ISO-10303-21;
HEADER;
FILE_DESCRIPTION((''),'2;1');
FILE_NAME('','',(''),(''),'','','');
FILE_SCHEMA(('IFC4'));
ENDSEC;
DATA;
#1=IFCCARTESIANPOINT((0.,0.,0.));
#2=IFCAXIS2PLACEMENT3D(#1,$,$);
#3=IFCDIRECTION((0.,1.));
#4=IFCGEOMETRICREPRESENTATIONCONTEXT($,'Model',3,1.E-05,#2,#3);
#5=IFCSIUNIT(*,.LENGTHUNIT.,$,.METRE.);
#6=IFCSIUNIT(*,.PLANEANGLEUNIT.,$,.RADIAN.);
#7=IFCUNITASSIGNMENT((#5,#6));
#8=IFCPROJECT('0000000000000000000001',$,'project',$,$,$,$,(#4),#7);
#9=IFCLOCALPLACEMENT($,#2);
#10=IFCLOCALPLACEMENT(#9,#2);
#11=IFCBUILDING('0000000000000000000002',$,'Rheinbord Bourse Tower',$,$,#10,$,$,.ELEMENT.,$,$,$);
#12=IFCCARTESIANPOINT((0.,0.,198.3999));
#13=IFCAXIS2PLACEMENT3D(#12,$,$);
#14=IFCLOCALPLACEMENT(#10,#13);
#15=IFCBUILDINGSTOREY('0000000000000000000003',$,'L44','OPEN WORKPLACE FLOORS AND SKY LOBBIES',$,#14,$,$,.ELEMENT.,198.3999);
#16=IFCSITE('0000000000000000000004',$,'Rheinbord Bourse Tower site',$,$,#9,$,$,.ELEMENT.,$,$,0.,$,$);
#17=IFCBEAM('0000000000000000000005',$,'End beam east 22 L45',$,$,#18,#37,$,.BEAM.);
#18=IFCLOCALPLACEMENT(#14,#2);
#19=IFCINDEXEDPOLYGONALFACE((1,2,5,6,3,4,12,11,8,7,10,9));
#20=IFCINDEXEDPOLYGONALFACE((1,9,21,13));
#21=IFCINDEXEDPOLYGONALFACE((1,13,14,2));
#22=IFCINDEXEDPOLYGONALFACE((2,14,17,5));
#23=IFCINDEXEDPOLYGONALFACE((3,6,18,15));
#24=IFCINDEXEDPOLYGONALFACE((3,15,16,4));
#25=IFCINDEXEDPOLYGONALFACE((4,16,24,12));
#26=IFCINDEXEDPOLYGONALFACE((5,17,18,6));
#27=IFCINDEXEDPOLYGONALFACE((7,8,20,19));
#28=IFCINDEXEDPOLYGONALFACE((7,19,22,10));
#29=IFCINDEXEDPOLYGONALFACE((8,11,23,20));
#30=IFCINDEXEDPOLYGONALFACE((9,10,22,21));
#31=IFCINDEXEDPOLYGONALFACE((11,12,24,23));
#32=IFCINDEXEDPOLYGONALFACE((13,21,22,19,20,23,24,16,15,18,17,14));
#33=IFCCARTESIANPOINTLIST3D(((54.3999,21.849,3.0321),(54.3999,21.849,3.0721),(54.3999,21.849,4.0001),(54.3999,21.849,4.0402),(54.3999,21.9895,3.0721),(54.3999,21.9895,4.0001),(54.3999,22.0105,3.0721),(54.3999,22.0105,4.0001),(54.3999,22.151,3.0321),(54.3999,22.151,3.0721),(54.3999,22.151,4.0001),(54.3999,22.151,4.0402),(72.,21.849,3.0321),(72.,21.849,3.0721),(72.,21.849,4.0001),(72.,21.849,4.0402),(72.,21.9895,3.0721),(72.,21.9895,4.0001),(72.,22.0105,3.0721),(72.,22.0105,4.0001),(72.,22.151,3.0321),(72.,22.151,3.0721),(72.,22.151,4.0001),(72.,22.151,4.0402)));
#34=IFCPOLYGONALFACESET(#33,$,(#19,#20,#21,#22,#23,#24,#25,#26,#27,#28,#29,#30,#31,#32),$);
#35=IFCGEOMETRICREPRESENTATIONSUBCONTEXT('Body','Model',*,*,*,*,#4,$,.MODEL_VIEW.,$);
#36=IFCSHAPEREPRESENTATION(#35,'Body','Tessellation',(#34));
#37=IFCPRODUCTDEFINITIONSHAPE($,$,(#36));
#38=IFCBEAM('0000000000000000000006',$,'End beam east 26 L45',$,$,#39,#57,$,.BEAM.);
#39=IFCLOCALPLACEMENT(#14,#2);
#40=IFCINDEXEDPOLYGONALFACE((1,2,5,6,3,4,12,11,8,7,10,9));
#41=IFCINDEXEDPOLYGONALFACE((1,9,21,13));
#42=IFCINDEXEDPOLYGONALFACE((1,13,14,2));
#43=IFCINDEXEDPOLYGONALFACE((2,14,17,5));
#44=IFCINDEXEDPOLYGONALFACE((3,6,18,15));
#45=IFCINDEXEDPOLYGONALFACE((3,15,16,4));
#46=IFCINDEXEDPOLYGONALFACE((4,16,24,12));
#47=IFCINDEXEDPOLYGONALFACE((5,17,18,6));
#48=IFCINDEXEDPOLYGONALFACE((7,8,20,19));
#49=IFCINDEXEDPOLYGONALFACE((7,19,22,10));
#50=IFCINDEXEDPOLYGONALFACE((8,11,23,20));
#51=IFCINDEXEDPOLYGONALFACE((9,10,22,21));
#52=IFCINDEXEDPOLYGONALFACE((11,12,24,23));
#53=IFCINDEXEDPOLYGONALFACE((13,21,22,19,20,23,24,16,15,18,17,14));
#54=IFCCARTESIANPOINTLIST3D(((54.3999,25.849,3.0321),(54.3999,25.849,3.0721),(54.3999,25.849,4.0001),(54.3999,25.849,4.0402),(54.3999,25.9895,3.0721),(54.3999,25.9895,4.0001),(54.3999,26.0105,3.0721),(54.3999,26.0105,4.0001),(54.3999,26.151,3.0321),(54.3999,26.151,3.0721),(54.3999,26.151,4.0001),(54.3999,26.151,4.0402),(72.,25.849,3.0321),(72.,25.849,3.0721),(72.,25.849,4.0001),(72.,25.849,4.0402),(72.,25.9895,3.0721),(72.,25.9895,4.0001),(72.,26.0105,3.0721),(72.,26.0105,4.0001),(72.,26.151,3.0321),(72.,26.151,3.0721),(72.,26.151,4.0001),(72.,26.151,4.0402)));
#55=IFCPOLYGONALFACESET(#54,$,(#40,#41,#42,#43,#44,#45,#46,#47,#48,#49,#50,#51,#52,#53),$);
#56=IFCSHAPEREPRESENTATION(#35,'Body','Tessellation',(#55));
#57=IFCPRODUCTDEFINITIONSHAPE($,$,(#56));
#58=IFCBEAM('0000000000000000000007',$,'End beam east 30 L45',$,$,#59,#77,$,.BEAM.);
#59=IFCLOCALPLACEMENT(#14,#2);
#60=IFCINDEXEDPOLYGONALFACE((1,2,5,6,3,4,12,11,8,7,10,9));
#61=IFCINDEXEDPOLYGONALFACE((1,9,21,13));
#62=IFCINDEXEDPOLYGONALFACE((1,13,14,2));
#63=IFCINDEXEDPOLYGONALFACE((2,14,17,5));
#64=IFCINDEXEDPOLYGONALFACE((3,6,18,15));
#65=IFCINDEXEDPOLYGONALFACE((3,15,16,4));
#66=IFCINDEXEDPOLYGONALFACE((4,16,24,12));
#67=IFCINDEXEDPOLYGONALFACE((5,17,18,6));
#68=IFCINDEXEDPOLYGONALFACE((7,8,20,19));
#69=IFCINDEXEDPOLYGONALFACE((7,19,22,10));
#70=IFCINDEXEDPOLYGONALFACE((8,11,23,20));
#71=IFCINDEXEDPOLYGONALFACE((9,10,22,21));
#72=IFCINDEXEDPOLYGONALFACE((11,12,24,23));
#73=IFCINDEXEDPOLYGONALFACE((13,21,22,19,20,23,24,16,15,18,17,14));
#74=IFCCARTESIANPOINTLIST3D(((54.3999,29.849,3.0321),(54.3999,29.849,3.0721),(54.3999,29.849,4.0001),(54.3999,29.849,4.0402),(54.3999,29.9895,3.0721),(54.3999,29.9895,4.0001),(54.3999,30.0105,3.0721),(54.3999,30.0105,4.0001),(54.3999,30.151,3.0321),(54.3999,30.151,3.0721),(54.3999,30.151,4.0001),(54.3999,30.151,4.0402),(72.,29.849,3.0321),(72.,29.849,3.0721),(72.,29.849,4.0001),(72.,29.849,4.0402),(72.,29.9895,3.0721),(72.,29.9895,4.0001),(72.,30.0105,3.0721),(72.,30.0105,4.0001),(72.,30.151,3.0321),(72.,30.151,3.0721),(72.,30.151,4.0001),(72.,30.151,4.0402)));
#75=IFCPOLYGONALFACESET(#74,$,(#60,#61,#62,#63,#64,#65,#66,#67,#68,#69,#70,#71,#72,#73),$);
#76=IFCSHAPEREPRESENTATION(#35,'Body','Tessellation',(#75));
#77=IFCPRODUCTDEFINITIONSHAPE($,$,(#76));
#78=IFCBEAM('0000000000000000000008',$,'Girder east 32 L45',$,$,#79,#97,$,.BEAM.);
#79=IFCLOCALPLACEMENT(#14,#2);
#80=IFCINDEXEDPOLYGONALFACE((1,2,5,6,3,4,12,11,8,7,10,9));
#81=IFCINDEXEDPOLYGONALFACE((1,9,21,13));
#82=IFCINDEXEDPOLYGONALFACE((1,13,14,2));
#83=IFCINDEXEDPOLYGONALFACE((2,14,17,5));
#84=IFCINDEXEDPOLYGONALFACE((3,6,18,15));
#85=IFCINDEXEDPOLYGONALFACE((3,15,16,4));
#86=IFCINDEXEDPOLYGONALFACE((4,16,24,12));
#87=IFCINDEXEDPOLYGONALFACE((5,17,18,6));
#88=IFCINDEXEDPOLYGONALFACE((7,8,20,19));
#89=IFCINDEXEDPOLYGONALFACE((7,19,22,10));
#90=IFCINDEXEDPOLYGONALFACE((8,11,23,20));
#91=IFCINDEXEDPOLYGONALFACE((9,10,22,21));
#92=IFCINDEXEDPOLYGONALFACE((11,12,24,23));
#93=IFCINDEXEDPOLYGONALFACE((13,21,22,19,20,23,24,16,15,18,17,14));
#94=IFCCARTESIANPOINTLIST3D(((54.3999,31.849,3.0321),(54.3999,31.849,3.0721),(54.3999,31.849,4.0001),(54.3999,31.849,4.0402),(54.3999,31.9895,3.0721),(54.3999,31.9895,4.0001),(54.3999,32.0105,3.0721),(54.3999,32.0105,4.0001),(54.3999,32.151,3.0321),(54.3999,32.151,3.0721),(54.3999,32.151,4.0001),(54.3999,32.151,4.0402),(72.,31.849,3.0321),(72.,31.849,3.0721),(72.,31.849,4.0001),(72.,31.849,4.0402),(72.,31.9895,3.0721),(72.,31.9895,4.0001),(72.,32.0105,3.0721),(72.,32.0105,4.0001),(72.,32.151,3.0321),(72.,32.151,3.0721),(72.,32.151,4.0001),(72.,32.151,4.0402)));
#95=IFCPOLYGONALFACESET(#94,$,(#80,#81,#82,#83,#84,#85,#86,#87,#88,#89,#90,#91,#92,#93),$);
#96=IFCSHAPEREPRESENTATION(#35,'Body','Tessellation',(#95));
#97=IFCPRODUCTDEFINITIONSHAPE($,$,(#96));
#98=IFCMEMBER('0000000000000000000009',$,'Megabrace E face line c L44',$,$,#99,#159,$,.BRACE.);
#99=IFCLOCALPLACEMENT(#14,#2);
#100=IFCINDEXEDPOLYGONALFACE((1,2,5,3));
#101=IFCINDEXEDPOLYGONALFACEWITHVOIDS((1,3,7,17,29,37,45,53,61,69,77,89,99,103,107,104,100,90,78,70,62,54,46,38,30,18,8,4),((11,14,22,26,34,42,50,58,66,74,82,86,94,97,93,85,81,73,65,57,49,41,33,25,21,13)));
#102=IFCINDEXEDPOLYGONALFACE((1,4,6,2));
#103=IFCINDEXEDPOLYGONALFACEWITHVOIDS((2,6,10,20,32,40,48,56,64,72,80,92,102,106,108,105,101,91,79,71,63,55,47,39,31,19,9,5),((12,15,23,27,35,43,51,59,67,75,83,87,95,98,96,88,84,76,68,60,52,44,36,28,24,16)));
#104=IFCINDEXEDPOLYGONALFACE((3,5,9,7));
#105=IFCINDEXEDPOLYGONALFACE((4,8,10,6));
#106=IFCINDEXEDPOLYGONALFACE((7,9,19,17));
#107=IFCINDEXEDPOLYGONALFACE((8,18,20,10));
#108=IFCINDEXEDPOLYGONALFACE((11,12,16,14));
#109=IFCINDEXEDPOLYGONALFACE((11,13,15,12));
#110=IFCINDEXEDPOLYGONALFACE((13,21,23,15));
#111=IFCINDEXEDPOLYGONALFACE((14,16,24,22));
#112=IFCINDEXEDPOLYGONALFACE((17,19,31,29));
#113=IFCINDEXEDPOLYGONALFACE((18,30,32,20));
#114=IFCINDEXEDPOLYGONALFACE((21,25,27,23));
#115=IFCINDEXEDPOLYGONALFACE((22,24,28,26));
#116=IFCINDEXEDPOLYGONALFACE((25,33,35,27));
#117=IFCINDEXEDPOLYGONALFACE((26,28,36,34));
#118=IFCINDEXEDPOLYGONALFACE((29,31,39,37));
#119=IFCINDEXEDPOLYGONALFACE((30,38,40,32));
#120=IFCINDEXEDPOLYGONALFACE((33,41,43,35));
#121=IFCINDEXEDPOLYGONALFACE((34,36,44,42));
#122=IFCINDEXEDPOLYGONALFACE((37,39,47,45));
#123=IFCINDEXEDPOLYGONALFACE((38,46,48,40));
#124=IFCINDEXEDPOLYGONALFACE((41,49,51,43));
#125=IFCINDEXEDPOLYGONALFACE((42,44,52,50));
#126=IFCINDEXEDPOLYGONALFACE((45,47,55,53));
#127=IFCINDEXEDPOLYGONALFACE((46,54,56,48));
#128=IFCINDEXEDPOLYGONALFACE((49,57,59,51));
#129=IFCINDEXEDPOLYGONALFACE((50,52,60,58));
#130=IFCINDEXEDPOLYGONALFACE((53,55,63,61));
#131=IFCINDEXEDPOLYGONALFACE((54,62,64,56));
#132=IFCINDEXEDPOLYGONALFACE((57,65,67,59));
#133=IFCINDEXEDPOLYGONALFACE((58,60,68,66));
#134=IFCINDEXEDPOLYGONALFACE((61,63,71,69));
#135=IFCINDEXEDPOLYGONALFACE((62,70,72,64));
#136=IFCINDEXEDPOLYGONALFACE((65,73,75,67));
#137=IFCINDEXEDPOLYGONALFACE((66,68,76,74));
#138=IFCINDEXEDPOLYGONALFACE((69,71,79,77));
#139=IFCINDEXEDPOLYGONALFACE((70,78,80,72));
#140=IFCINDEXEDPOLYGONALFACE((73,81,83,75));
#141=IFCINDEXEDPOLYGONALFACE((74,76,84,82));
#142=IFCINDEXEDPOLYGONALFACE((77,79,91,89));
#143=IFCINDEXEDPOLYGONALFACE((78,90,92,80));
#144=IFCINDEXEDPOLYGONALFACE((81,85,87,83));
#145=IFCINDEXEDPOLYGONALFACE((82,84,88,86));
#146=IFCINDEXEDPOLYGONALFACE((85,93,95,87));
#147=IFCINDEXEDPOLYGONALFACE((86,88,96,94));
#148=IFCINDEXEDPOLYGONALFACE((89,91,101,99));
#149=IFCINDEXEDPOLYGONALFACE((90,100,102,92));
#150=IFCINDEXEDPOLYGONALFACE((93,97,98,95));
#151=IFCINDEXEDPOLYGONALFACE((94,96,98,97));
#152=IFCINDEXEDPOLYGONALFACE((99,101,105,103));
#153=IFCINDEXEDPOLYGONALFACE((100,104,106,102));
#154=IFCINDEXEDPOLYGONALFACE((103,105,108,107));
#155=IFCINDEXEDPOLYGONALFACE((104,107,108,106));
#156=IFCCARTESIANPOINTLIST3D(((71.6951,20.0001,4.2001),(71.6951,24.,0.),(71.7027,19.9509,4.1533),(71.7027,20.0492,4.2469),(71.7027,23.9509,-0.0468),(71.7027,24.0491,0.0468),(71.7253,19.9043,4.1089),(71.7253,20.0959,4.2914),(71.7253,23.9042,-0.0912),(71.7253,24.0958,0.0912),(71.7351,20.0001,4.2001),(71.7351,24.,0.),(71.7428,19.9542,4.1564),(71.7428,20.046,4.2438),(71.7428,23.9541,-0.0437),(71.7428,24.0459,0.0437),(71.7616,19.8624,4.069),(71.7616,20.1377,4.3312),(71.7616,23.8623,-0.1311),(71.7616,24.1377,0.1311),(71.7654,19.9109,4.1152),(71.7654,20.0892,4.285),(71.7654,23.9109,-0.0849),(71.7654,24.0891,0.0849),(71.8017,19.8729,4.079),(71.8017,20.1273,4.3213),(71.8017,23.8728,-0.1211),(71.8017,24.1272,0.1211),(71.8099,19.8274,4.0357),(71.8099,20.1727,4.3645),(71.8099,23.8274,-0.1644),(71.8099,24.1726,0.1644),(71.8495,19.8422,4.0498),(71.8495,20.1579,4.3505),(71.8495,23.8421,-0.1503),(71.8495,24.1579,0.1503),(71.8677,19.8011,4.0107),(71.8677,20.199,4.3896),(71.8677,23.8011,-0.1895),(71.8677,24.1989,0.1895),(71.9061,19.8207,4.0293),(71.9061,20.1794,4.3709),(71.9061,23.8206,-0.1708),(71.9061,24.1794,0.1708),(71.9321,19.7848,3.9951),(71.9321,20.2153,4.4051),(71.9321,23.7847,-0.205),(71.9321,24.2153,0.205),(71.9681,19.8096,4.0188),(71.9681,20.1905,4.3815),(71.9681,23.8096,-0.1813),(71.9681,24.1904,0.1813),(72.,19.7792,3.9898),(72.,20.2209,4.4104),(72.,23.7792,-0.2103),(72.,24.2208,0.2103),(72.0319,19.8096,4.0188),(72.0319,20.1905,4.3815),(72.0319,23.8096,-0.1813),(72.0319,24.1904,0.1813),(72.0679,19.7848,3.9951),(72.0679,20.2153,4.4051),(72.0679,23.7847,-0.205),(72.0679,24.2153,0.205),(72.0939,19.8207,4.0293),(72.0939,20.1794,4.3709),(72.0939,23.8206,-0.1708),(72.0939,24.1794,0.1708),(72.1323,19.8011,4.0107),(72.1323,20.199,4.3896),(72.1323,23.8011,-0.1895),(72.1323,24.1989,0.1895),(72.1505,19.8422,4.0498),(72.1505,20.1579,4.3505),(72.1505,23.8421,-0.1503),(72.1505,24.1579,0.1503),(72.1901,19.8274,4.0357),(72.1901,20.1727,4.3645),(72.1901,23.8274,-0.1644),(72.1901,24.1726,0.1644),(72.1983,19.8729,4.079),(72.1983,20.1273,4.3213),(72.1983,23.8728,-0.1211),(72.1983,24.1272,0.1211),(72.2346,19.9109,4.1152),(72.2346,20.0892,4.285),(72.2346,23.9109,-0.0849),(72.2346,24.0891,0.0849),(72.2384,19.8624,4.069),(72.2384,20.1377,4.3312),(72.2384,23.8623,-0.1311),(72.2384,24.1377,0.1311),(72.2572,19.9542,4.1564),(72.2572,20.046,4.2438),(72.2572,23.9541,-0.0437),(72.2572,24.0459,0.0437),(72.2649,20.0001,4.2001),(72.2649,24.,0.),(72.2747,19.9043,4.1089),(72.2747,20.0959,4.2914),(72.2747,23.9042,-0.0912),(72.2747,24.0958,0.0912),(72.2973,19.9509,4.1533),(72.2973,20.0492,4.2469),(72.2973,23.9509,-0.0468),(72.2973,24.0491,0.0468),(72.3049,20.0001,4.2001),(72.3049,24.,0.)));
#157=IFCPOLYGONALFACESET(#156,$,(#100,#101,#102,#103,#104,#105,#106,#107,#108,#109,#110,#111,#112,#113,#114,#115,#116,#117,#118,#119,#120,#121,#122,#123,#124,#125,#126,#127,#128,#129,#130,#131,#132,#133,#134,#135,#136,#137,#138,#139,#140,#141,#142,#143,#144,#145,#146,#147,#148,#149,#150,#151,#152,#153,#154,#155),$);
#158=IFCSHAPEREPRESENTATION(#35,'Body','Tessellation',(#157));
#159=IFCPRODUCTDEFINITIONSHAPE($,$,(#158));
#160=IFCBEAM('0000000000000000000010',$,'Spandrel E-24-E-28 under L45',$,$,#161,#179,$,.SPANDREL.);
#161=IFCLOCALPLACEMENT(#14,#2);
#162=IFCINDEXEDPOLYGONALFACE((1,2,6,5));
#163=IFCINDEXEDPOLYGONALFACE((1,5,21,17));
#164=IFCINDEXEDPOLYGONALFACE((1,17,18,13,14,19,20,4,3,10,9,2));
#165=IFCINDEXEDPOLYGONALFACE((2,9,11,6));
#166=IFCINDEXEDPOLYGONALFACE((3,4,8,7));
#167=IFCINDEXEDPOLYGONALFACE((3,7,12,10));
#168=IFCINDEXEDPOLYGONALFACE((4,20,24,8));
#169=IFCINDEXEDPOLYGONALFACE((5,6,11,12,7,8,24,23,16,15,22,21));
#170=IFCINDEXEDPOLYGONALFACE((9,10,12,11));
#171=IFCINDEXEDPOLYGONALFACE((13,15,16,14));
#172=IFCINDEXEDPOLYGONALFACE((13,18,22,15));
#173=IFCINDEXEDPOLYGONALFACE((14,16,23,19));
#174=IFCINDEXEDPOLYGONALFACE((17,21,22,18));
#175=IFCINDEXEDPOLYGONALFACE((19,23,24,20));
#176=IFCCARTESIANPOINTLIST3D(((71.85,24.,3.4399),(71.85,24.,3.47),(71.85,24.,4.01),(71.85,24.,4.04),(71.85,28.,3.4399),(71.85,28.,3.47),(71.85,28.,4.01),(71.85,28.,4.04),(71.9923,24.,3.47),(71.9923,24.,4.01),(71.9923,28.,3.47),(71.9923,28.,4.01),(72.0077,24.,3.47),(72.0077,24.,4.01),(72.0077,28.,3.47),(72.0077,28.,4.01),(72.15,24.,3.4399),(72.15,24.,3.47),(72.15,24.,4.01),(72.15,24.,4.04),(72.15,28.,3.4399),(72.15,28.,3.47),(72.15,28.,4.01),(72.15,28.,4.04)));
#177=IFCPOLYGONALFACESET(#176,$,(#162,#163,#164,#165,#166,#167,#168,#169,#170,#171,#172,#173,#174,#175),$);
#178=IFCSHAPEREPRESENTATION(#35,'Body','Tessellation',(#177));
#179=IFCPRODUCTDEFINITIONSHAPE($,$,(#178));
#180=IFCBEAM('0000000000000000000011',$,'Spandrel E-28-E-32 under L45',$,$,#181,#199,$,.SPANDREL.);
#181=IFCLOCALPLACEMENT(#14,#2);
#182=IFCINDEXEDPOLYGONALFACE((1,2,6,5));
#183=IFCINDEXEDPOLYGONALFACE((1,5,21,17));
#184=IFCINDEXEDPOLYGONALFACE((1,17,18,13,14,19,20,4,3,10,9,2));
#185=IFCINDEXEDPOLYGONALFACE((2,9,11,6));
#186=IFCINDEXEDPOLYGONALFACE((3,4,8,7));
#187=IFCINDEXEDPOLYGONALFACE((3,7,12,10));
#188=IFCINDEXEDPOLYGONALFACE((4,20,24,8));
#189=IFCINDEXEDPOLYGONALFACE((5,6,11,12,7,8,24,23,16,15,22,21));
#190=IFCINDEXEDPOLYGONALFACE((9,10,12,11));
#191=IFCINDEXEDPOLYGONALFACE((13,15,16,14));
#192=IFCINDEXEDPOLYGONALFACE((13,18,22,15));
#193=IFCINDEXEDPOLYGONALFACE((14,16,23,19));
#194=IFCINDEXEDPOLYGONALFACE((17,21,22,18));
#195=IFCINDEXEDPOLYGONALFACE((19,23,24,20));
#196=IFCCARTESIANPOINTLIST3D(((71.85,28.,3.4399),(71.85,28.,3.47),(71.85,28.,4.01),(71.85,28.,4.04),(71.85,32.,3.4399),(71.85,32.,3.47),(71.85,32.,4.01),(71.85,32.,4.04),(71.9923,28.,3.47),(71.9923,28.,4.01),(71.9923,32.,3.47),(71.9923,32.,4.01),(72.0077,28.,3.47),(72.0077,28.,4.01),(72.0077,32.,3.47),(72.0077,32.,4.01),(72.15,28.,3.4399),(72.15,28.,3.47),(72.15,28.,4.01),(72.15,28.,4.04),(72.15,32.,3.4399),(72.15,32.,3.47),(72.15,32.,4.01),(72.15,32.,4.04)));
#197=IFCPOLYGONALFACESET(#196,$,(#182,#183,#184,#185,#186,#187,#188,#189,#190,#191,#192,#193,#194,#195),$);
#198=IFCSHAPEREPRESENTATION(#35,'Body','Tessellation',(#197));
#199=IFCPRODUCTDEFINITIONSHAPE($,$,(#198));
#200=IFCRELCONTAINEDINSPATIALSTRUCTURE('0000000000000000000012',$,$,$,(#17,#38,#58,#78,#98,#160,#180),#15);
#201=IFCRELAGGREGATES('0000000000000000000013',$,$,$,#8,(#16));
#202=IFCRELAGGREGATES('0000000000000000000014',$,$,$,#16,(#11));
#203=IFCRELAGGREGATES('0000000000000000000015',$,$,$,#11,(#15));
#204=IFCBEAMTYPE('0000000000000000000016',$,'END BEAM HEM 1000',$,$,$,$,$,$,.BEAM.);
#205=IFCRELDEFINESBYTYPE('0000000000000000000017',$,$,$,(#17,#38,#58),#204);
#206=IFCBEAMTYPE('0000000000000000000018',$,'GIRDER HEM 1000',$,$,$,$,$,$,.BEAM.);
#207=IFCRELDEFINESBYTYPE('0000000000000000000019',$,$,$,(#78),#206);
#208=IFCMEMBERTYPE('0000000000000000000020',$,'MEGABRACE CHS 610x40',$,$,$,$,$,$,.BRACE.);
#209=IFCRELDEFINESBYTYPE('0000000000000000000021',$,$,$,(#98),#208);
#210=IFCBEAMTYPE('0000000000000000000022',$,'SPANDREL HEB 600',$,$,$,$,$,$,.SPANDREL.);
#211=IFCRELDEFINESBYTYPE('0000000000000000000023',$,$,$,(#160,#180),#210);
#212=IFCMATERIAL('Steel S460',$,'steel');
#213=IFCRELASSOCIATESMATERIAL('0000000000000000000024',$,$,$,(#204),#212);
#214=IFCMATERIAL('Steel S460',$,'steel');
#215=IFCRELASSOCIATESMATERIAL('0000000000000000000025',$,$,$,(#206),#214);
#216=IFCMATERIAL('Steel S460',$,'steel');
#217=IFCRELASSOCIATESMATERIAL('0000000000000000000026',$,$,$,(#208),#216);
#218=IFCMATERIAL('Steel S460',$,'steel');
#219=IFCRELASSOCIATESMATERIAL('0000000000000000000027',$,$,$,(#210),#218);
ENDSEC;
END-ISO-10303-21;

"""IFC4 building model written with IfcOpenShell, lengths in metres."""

from ifc_helpers import new_model, si_unit, direction, frame, origin, origin_2d, place, context, subcontext, project, spatial, hollow_circle, i_section, extrude, material, material_profile, profile_set, type_object, element, save


model = new_model("IFC4")

# Units and contexts
model_context = context("Model", 3, precision=1e-05, world=origin(), true_north=direction((0.0, 1.0)))
body_context = subcontext(model_context, "Body", "Model", "MODEL_VIEW")
ifc_project = project(units=[si_unit("LENGTHUNIT", "METRE"), si_unit("PLANEANGLEUNIT", "RADIAN")], contexts=[model_context])

# Site, building, storey
site_placement = place(None, origin())
site = spatial("IfcSite", under=ifc_project, at=site_placement, Name="Rheinbord Bourse Tower site", CompositionType="ELEMENT", RefElevation=0.0)
building_placement = place(site_placement, origin())
building = spatial("IfcBuilding", under=site, at=building_placement, Name="Rheinbord Bourse Tower", CompositionType="ELEMENT")
storey_placement = place(building_placement, frame((0.0, 0.0, 198.3999)))
storey = spatial("IfcBuildingStorey", under=building, at=storey_placement, Name="L44", Description="OPEN WORKPLACE FLOORS AND SKY LOBBIES", CompositionType="ELEMENT", Elevation=198.3999)

# Beams
ifc_material_1 = material(Name="Steel S460", Category="steel")
ifc_material_profile_1 = material_profile(ifc_material_1, i_section(OverallWidth=0.302, OverallDepth=1.0081, WebThickness=0.021, FlangeThickness=0.04, at=origin_2d()), Name="HEM 1000")
ifc_profile_set_1 = profile_set([ifc_material_profile_1], Name="Steel S460")
beam_type_1 = type_object("IfcBeamType", Name="END BEAM HEM 1000", PredefinedType="BEAM", material=ifc_profile_set_1)
for number, where, z_axis, x_axis, name in (
    (1, (54.3999, 22.0, 3.5361), (1.0, 0.0, 0.0), (0.0, 1.0, 0.0), "End beam east 22 L45"),
    (2, (54.3999, 26.0, 3.5361), (1.0, 0.0, 0.0), (0.0, 1.0, 0.0), "End beam east 26 L45"),
    (3, (54.3999, 30.0, 3.5361), (1.0, 0.0, 0.0), (0.0, 1.0, 0.0), "End beam east 30 L45"),
):
    element("IfcBeam", number, at=place(storey_placement, frame(where, z_axis=z_axis, x_axis=x_axis)), inside=storey, type_object=beam_type_1, Name=name, PredefinedType="BEAM", context=body_context, shape_type="SweptSolid", body=[
        extrude(i_section(OverallWidth=0.302, OverallDepth=1.0081, WebThickness=0.021, FlangeThickness=0.04, at=origin_2d()), origin(), (0.0, 0.0, 1.0), 17.6001),
    ])
ifc_material_2 = material(Name="Steel S460", Category="steel")
ifc_material_profile_2 = material_profile(ifc_material_2, i_section(OverallWidth=0.302, OverallDepth=1.0081, WebThickness=0.021, FlangeThickness=0.04, at=origin_2d()), Name="HEM 1000")
ifc_profile_set_2 = profile_set([ifc_material_profile_2], Name="Steel S460")
beam_type_2 = type_object("IfcBeamType", Name="GIRDER HEM 1000", PredefinedType="BEAM", material=ifc_profile_set_2)
beam_1_placement = place(storey_placement, frame((54.3999, 32.0, 3.5361), z_axis=(1.0, 0.0, 0.0), x_axis=(0.0, 1.0, 0.0)))
element("IfcBeam", 4, at=beam_1_placement, inside=storey, type_object=beam_type_2, Name="Girder east 32 L45", PredefinedType="BEAM", context=body_context, shape_type="SweptSolid", body=[
    extrude(i_section(OverallWidth=0.302, OverallDepth=1.0081, WebThickness=0.021, FlangeThickness=0.04, at=origin_2d()), origin(), (0.0, 0.0, 1.0), 17.6001),
])

# Member
ifc_material_3 = material(Name="Steel S460", Category="steel")
ifc_material_profile_3 = material_profile(ifc_material_3, hollow_circle(Radius=0.3049, WallThickness=0.04, at=origin_2d()), Name="CHS 610x40")
ifc_profile_set_3 = profile_set([ifc_material_profile_3], Name="Steel S460")
member_type_1 = type_object("IfcMemberType", Name="MEGABRACE CHS 610x40", PredefinedType="BRACE", material=ifc_profile_set_3)
member_1_placement = place(storey_placement, frame((72.0, 24.0, 0.0), z_axis=(0.0, -0.689638, 0.724154), x_axis=(1.0, 0.0, 0.0)))
element("IfcMember", 5, at=member_1_placement, inside=storey, type_object=member_type_1, Name="Megabrace E face line c L44", PredefinedType="BRACE", context=body_context, shape_type="SweptSolid", body=[
    extrude(hollow_circle(Radius=0.3049, WallThickness=0.04, at=origin_2d()), origin(), (0.0, 0.0, 1.0), 5.8),
])

# Beams
ifc_material_4 = material(Name="Steel S460", Category="steel")
ifc_material_profile_4 = material_profile(ifc_material_4, i_section(OverallWidth=0.3, OverallDepth=0.6001, WebThickness=0.0154, FlangeThickness=0.03, at=origin_2d()), Name="HEB 600")
ifc_profile_set_4 = profile_set([ifc_material_profile_4], Name="Steel S460")
beam_type_3 = type_object("IfcBeamType", Name="SPANDREL HEB 600", PredefinedType="SPANDREL", material=ifc_profile_set_4)
for number, where, z_axis, x_axis, name in (
    (6, (72.0, 24.0, 3.74), (0.0, 1.0, 0.0), (-1.0, 0.0, 0.0), "Spandrel E-24-E-28 under L45"),
    (7, (72.0, 28.0, 3.74), (0.0, 1.0, 0.0), (-1.0, 0.0, 0.0), "Spandrel E-28-E-32 under L45"),
):
    element("IfcBeam", number, at=place(storey_placement, frame(where, z_axis=z_axis, x_axis=x_axis)), inside=storey, type_object=beam_type_3, Name=name, PredefinedType="SPANDREL", context=body_context, shape_type="SweptSolid", body=[
        extrude(i_section(OverallWidth=0.3, OverallDepth=0.6001, WebThickness=0.0154, FlangeThickness=0.03, at=origin_2d()), origin(), (0.0, 0.0, 1.0), 4.0),
    ])

save(model, "model.ifc")
